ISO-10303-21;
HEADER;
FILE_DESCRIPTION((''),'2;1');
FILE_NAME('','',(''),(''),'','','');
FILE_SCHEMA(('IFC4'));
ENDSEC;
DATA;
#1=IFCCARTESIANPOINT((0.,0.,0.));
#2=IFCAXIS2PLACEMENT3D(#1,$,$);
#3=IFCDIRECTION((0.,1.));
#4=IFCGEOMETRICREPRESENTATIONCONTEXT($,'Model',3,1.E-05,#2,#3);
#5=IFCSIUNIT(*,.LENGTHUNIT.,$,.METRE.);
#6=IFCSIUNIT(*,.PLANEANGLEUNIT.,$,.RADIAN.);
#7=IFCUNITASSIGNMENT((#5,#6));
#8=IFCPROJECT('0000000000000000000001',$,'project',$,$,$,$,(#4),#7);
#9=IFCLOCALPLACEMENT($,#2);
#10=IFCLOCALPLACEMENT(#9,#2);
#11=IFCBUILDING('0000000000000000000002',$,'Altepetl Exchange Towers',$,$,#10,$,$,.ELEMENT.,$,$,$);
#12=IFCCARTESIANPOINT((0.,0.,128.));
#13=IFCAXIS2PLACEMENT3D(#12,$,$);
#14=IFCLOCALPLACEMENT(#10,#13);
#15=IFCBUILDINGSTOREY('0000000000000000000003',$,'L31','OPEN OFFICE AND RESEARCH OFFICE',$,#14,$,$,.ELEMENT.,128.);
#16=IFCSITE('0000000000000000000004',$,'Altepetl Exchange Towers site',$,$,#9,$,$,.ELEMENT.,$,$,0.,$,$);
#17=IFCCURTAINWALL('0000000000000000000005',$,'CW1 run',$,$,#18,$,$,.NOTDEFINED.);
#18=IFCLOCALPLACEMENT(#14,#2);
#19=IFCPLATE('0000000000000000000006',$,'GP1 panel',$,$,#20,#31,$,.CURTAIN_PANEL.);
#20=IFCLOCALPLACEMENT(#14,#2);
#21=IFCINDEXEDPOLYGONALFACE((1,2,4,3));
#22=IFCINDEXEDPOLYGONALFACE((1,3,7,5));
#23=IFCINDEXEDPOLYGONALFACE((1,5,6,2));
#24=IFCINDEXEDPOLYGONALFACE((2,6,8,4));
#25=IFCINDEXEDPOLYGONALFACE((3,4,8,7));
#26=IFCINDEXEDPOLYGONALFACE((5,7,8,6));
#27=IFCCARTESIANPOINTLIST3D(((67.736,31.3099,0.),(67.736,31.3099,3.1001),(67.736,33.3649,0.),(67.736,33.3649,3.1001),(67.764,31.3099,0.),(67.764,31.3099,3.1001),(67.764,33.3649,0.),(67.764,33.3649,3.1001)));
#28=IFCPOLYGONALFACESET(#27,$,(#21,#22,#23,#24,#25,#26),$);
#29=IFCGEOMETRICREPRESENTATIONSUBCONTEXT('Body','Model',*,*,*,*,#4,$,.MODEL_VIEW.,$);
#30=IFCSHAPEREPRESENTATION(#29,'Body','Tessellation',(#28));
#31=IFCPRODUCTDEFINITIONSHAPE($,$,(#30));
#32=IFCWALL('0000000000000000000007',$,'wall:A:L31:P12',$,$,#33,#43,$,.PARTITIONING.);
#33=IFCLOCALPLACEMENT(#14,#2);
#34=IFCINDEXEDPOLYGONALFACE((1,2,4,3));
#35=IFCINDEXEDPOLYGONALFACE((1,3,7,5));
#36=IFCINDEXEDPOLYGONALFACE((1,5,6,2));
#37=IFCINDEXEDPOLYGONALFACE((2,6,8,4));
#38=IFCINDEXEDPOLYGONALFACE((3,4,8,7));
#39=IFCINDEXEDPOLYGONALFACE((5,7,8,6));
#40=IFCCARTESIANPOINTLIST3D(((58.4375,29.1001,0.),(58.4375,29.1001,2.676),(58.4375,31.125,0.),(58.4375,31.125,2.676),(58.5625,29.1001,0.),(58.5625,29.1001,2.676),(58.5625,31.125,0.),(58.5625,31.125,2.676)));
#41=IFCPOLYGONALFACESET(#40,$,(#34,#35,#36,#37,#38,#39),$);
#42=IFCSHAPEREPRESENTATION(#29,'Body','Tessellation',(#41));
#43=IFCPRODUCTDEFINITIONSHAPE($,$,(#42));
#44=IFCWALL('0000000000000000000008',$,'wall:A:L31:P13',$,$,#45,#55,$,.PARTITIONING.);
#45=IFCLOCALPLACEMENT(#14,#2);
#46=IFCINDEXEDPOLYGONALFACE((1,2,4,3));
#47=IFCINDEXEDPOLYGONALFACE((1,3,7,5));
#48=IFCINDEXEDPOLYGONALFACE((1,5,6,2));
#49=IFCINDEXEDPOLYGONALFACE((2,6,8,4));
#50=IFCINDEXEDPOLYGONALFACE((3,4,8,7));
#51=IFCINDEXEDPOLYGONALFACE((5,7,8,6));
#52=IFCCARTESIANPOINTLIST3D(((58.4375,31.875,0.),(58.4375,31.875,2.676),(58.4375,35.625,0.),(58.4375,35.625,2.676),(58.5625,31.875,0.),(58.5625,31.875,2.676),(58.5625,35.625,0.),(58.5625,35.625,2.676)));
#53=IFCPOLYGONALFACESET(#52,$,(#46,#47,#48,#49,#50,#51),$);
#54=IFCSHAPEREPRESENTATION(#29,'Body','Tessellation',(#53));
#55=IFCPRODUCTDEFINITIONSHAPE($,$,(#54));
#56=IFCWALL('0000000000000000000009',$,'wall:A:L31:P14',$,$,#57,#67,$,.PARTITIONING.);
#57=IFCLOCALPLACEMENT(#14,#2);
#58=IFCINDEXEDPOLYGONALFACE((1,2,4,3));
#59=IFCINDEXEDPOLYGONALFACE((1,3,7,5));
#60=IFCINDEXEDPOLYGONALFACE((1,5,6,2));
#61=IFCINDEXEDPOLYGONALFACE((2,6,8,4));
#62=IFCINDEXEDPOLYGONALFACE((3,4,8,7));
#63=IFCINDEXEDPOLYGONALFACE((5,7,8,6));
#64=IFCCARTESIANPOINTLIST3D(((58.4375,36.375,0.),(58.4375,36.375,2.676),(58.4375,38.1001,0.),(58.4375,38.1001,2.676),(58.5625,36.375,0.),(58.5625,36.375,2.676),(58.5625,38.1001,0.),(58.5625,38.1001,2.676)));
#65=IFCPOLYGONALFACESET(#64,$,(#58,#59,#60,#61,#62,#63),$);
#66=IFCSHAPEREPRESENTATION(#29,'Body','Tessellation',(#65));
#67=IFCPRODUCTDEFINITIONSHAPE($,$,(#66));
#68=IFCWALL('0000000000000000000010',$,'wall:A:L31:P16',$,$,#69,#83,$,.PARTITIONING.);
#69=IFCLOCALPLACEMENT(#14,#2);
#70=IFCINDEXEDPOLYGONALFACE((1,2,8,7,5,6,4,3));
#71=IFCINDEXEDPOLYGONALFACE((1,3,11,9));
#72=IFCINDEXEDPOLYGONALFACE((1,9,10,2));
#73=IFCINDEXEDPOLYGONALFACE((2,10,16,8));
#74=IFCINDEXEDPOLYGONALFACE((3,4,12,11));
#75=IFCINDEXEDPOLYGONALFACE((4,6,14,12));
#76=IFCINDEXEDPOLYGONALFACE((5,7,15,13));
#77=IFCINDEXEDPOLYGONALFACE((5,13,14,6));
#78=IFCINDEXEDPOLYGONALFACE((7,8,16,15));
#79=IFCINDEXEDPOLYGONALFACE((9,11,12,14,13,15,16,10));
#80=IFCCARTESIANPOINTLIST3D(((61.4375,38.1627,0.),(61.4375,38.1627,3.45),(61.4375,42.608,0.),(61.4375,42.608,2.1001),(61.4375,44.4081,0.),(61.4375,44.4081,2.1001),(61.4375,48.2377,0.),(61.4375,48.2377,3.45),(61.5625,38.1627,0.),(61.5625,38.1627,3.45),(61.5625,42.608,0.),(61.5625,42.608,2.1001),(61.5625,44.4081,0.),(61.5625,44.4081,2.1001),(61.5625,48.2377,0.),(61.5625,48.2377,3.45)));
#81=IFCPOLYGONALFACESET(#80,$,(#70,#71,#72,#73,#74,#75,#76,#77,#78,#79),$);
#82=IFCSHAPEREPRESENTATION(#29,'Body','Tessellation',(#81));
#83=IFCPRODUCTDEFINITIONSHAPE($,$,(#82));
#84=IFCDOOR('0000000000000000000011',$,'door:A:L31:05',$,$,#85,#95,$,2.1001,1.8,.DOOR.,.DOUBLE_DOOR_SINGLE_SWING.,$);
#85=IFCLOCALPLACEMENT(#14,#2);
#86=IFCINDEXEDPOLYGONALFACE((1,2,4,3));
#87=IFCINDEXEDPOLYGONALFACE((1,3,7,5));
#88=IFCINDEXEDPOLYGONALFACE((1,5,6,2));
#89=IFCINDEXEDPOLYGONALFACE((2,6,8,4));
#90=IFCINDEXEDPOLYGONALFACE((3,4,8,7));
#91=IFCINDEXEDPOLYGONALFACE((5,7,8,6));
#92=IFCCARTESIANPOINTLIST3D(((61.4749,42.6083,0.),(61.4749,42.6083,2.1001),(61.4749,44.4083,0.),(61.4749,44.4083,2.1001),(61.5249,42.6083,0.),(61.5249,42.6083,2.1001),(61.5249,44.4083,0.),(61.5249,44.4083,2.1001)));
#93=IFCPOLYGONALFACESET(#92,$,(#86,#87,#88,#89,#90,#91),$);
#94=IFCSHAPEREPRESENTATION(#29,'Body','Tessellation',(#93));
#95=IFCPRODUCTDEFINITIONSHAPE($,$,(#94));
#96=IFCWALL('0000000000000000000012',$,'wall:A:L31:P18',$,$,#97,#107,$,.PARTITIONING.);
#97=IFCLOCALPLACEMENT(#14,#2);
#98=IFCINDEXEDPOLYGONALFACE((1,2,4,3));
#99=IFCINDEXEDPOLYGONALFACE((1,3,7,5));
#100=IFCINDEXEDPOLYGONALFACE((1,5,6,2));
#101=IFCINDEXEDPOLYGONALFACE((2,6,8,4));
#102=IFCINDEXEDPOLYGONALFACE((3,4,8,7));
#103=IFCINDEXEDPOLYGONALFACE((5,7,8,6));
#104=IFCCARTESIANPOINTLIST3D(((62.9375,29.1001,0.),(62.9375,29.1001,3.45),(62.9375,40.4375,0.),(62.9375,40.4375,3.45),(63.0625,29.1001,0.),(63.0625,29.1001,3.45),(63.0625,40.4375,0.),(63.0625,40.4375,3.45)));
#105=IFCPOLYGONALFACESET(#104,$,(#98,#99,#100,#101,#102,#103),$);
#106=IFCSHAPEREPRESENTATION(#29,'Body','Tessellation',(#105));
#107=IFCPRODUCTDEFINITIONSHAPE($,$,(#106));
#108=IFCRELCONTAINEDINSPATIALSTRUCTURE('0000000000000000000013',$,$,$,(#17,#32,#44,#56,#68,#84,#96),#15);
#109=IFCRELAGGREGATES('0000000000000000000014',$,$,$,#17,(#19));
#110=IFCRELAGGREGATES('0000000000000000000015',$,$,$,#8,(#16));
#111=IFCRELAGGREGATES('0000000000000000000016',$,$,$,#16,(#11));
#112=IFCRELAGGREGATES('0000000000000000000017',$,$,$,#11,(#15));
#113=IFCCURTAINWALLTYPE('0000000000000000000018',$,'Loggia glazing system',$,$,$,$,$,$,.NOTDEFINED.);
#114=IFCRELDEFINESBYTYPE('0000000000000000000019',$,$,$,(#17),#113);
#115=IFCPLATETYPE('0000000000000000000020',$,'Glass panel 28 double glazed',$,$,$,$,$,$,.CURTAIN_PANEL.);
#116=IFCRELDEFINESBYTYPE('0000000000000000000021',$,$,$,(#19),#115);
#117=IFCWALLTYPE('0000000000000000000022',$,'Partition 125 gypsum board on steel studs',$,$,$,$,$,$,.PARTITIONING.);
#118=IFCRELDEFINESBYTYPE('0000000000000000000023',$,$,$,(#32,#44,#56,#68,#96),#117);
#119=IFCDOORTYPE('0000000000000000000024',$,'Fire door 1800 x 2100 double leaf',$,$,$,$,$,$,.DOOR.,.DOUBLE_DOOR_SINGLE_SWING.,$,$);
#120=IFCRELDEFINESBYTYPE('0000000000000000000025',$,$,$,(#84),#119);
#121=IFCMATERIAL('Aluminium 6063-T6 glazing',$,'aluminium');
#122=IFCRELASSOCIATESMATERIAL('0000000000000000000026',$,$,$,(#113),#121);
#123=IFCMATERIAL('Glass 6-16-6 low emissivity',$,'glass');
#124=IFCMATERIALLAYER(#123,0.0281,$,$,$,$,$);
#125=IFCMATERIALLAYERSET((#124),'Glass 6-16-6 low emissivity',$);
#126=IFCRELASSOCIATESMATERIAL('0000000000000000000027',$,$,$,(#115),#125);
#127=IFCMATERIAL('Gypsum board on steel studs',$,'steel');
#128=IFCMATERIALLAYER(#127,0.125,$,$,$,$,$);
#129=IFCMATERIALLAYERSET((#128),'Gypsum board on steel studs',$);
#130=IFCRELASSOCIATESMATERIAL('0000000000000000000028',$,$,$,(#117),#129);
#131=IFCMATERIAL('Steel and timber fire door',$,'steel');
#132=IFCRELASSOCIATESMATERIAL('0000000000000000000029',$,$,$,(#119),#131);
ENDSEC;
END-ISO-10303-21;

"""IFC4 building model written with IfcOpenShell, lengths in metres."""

from ifc_helpers import new_model, si_unit, direction, frame, frame_2d, origin, origin_2d, place, context, subcontext, project, spatial, rectangle, extrude, material, layer, layer_set, type_object, element, fill, aggregate, save


model = new_model("IFC4")

# Units and contexts
model_context = context("Model", 3, precision=1e-05, world=origin(), true_north=direction((0.0, 1.0)))
body_context = subcontext(model_context, "Body", "Model", "MODEL_VIEW")
ifc_project = project(units=[si_unit("LENGTHUNIT", "METRE"), si_unit("PLANEANGLEUNIT", "RADIAN")], contexts=[model_context])

# Site, building, storey
site_placement = place(None, origin())
site = spatial("IfcSite", under=ifc_project, at=site_placement, Name="Altepetl Exchange Towers site", CompositionType="ELEMENT", RefElevation=0.0)
building_placement = place(site_placement, origin())
building = spatial("IfcBuilding", under=site, at=building_placement, Name="Altepetl Exchange Towers", CompositionType="ELEMENT")
storey_placement = place(building_placement, frame((0.0, 0.0, 128.0)))
storey = spatial("IfcBuildingStorey", under=building, at=storey_placement, Name="L31", Description="OPEN OFFICE AND RESEARCH OFFICE", CompositionType="ELEMENT", Elevation=128.0)

# Curtain wall
ifc_material_1 = material(Name="Aluminium 6063-T6 glazing", Category="aluminium")
curtain_wall_type = type_object("IfcCurtainWallType", Name="Loggia glazing system", PredefinedType="NOTDEFINED", material=ifc_material_1)
curtain_wall_1_placement = place(storey_placement, origin())
curtain_wall_1 = element("IfcCurtainWall", 1, at=curtain_wall_1_placement, inside=storey, type_object=curtain_wall_type, Name="CW1 run", PredefinedType="NOTDEFINED")

# Plate
ifc_material_2 = material(Name="Glass 6-16-6 low emissivity", Category="glass")
ifc_layer_1 = layer(ifc_material_2, 0.0281)
ifc_layer_set_1 = layer_set([ifc_layer_1], Name="Glass 6-16-6 low emissivity")
plate_type = type_object("IfcPlateType", Name="Glass panel 28 double glazed", PredefinedType="CURTAIN_PANEL", material=ifc_layer_set_1)
plate_1_placement = place(storey_placement, frame((67.75, 32.3374, 0.0), z_axis=(0.0, 0.0, 1.0), x_axis=(0.0, 1.0, 0.0)))
plate_1 = element("IfcPlate", 2, at=plate_1_placement, type_object=plate_type, Name="GP1 panel", PredefinedType="CURTAIN_PANEL", context=body_context, shape_type="SweptSolid", body=[
    extrude(rectangle(XDim=2.0549, YDim=0.0281, at=origin_2d()), origin(), (0.0, 0.0, 1.0), 3.1001),
])
aggregate(curtain_wall_1, [plate_1])

# Walls
ifc_material_3 = material(Name="Gypsum board on steel studs", Category="steel")
ifc_layer_2 = layer(ifc_material_3, 0.125)
ifc_layer_set_2 = layer_set([ifc_layer_2], Name="Gypsum board on steel studs")
wall_type = type_object("IfcWallType", Name="Partition 125 gypsum board on steel studs", PredefinedType="PARTITIONING", material=ifc_layer_set_2)
wall_1_placement = place(storey_placement, frame((58.5, 29.1001, 0.0), z_axis=(0.0, 0.0, 1.0), x_axis=(0.0, 1.0, 0.0)))
element("IfcWall", 3, at=wall_1_placement, inside=storey, type_object=wall_type, Name="wall:A:L31:P12", PredefinedType="PARTITIONING", context=body_context, shape_type="SweptSolid", body=[
    extrude(rectangle(XDim=2.0249, YDim=0.125, at=frame_2d((1.0125, 0.0))), origin(), (0.0, 0.0, 1.0), 2.676),
])
wall_2_placement = place(storey_placement, frame((58.5, 31.875, 0.0), z_axis=(0.0, 0.0, 1.0), x_axis=(0.0, 1.0, 0.0)))
element("IfcWall", 4, at=wall_2_placement, inside=storey, type_object=wall_type, Name="wall:A:L31:P13", PredefinedType="PARTITIONING", context=body_context, shape_type="SweptSolid", body=[
    extrude(rectangle(XDim=3.75, YDim=0.125, at=frame_2d((1.875, 0.0))), origin(), (0.0, 0.0, 1.0), 2.676),
])
wall_3_placement = place(storey_placement, frame((58.5, 36.375, 0.0), z_axis=(0.0, 0.0, 1.0), x_axis=(0.0, 1.0, 0.0)))
element("IfcWall", 5, at=wall_3_placement, inside=storey, type_object=wall_type, Name="wall:A:L31:P14", PredefinedType="PARTITIONING", context=body_context, shape_type="SweptSolid", body=[
    extrude(rectangle(XDim=1.7251, YDim=0.125, at=frame_2d((0.8625, 0.0))), origin(), (0.0, 0.0, 1.0), 2.676),
])

# Wall, opening, door
wall_4_placement = place(storey_placement, frame((61.5, 38.1626, 0.0), z_axis=(0.0, 0.0, 1.0), x_axis=(0.0, 1.0, 0.0)))
wall_4 = element("IfcWall", 6, at=wall_4_placement, inside=storey, type_object=wall_type, Name="wall:A:L31:P16", PredefinedType="PARTITIONING", context=body_context, shape_type="SweptSolid", body=[
    extrude(rectangle(XDim=10.075, YDim=0.125, at=frame_2d((5.0376, 0.0))), origin(), (0.0, 0.0, 1.0), 3.45),
])
opening_placement = place(wall_4_placement, frame((4.4456, 0.0, 0.0)))
opening = element("IfcOpeningElement", 7, at=opening_placement, cuts=wall_4, PredefinedType="OPENING", context=body_context, shape_type="SweptSolid", body=[
    extrude(rectangle(XDim=1.8, YDim=2.1001, at=frame_2d((0.8999, 1.05))), frame((0.0, 0.0725, 0.0), z_axis=(0.0, -1.0, 0.0), x_axis=(1.0, 0.0, 0.0)), (0.0, 0.0, 1.0), 0.145),
])
ifc_material_4 = material(Name="Steel and timber fire door", Category="steel")
door_type = type_object("IfcDoorType", Name="Fire door 1800 x 2100 double leaf", OperationType="DOUBLE_DOOR_SINGLE_SWING", PredefinedType="DOOR", material=ifc_material_4)
door_placement = place(opening_placement, frame((1.8, 0.0, 0.0), x_axis=(-1.0, 0.0, 0.0)))
door = element("IfcDoor", 8, at=door_placement, inside=storey, type_object=door_type, Name="door:A:L31:05", OperationType="DOUBLE_DOOR_SINGLE_SWING", OverallHeight=2.1001, OverallWidth=1.8, PredefinedType="DOOR", context=body_context, shape_type="SweptSolid", body=[
    extrude(rectangle(XDim=1.8, YDim=2.1001, at=frame_2d((0.8999, 1.05))), frame((0.0, 0.0249, 0.0), z_axis=(0.0, -1.0, 0.0), x_axis=(1.0, 0.0, 0.0)), (0.0, 0.0, 1.0), 0.05),
])
fill(opening, door)

# Wall
wall_5_placement = place(storey_placement, frame((63.0, 29.1001, 0.0), z_axis=(0.0, 0.0, 1.0), x_axis=(0.0, 1.0, 0.0)))
element("IfcWall", 9, at=wall_5_placement, inside=storey, type_object=wall_type, Name="wall:A:L31:P18", PredefinedType="PARTITIONING", context=body_context, shape_type="SweptSolid", body=[
    extrude(rectangle(XDim=11.3374, YDim=0.125, at=frame_2d((5.6687, 0.0))), origin(), (0.0, 0.0, 1.0), 3.45),
])

save(model, "model.ifc")
